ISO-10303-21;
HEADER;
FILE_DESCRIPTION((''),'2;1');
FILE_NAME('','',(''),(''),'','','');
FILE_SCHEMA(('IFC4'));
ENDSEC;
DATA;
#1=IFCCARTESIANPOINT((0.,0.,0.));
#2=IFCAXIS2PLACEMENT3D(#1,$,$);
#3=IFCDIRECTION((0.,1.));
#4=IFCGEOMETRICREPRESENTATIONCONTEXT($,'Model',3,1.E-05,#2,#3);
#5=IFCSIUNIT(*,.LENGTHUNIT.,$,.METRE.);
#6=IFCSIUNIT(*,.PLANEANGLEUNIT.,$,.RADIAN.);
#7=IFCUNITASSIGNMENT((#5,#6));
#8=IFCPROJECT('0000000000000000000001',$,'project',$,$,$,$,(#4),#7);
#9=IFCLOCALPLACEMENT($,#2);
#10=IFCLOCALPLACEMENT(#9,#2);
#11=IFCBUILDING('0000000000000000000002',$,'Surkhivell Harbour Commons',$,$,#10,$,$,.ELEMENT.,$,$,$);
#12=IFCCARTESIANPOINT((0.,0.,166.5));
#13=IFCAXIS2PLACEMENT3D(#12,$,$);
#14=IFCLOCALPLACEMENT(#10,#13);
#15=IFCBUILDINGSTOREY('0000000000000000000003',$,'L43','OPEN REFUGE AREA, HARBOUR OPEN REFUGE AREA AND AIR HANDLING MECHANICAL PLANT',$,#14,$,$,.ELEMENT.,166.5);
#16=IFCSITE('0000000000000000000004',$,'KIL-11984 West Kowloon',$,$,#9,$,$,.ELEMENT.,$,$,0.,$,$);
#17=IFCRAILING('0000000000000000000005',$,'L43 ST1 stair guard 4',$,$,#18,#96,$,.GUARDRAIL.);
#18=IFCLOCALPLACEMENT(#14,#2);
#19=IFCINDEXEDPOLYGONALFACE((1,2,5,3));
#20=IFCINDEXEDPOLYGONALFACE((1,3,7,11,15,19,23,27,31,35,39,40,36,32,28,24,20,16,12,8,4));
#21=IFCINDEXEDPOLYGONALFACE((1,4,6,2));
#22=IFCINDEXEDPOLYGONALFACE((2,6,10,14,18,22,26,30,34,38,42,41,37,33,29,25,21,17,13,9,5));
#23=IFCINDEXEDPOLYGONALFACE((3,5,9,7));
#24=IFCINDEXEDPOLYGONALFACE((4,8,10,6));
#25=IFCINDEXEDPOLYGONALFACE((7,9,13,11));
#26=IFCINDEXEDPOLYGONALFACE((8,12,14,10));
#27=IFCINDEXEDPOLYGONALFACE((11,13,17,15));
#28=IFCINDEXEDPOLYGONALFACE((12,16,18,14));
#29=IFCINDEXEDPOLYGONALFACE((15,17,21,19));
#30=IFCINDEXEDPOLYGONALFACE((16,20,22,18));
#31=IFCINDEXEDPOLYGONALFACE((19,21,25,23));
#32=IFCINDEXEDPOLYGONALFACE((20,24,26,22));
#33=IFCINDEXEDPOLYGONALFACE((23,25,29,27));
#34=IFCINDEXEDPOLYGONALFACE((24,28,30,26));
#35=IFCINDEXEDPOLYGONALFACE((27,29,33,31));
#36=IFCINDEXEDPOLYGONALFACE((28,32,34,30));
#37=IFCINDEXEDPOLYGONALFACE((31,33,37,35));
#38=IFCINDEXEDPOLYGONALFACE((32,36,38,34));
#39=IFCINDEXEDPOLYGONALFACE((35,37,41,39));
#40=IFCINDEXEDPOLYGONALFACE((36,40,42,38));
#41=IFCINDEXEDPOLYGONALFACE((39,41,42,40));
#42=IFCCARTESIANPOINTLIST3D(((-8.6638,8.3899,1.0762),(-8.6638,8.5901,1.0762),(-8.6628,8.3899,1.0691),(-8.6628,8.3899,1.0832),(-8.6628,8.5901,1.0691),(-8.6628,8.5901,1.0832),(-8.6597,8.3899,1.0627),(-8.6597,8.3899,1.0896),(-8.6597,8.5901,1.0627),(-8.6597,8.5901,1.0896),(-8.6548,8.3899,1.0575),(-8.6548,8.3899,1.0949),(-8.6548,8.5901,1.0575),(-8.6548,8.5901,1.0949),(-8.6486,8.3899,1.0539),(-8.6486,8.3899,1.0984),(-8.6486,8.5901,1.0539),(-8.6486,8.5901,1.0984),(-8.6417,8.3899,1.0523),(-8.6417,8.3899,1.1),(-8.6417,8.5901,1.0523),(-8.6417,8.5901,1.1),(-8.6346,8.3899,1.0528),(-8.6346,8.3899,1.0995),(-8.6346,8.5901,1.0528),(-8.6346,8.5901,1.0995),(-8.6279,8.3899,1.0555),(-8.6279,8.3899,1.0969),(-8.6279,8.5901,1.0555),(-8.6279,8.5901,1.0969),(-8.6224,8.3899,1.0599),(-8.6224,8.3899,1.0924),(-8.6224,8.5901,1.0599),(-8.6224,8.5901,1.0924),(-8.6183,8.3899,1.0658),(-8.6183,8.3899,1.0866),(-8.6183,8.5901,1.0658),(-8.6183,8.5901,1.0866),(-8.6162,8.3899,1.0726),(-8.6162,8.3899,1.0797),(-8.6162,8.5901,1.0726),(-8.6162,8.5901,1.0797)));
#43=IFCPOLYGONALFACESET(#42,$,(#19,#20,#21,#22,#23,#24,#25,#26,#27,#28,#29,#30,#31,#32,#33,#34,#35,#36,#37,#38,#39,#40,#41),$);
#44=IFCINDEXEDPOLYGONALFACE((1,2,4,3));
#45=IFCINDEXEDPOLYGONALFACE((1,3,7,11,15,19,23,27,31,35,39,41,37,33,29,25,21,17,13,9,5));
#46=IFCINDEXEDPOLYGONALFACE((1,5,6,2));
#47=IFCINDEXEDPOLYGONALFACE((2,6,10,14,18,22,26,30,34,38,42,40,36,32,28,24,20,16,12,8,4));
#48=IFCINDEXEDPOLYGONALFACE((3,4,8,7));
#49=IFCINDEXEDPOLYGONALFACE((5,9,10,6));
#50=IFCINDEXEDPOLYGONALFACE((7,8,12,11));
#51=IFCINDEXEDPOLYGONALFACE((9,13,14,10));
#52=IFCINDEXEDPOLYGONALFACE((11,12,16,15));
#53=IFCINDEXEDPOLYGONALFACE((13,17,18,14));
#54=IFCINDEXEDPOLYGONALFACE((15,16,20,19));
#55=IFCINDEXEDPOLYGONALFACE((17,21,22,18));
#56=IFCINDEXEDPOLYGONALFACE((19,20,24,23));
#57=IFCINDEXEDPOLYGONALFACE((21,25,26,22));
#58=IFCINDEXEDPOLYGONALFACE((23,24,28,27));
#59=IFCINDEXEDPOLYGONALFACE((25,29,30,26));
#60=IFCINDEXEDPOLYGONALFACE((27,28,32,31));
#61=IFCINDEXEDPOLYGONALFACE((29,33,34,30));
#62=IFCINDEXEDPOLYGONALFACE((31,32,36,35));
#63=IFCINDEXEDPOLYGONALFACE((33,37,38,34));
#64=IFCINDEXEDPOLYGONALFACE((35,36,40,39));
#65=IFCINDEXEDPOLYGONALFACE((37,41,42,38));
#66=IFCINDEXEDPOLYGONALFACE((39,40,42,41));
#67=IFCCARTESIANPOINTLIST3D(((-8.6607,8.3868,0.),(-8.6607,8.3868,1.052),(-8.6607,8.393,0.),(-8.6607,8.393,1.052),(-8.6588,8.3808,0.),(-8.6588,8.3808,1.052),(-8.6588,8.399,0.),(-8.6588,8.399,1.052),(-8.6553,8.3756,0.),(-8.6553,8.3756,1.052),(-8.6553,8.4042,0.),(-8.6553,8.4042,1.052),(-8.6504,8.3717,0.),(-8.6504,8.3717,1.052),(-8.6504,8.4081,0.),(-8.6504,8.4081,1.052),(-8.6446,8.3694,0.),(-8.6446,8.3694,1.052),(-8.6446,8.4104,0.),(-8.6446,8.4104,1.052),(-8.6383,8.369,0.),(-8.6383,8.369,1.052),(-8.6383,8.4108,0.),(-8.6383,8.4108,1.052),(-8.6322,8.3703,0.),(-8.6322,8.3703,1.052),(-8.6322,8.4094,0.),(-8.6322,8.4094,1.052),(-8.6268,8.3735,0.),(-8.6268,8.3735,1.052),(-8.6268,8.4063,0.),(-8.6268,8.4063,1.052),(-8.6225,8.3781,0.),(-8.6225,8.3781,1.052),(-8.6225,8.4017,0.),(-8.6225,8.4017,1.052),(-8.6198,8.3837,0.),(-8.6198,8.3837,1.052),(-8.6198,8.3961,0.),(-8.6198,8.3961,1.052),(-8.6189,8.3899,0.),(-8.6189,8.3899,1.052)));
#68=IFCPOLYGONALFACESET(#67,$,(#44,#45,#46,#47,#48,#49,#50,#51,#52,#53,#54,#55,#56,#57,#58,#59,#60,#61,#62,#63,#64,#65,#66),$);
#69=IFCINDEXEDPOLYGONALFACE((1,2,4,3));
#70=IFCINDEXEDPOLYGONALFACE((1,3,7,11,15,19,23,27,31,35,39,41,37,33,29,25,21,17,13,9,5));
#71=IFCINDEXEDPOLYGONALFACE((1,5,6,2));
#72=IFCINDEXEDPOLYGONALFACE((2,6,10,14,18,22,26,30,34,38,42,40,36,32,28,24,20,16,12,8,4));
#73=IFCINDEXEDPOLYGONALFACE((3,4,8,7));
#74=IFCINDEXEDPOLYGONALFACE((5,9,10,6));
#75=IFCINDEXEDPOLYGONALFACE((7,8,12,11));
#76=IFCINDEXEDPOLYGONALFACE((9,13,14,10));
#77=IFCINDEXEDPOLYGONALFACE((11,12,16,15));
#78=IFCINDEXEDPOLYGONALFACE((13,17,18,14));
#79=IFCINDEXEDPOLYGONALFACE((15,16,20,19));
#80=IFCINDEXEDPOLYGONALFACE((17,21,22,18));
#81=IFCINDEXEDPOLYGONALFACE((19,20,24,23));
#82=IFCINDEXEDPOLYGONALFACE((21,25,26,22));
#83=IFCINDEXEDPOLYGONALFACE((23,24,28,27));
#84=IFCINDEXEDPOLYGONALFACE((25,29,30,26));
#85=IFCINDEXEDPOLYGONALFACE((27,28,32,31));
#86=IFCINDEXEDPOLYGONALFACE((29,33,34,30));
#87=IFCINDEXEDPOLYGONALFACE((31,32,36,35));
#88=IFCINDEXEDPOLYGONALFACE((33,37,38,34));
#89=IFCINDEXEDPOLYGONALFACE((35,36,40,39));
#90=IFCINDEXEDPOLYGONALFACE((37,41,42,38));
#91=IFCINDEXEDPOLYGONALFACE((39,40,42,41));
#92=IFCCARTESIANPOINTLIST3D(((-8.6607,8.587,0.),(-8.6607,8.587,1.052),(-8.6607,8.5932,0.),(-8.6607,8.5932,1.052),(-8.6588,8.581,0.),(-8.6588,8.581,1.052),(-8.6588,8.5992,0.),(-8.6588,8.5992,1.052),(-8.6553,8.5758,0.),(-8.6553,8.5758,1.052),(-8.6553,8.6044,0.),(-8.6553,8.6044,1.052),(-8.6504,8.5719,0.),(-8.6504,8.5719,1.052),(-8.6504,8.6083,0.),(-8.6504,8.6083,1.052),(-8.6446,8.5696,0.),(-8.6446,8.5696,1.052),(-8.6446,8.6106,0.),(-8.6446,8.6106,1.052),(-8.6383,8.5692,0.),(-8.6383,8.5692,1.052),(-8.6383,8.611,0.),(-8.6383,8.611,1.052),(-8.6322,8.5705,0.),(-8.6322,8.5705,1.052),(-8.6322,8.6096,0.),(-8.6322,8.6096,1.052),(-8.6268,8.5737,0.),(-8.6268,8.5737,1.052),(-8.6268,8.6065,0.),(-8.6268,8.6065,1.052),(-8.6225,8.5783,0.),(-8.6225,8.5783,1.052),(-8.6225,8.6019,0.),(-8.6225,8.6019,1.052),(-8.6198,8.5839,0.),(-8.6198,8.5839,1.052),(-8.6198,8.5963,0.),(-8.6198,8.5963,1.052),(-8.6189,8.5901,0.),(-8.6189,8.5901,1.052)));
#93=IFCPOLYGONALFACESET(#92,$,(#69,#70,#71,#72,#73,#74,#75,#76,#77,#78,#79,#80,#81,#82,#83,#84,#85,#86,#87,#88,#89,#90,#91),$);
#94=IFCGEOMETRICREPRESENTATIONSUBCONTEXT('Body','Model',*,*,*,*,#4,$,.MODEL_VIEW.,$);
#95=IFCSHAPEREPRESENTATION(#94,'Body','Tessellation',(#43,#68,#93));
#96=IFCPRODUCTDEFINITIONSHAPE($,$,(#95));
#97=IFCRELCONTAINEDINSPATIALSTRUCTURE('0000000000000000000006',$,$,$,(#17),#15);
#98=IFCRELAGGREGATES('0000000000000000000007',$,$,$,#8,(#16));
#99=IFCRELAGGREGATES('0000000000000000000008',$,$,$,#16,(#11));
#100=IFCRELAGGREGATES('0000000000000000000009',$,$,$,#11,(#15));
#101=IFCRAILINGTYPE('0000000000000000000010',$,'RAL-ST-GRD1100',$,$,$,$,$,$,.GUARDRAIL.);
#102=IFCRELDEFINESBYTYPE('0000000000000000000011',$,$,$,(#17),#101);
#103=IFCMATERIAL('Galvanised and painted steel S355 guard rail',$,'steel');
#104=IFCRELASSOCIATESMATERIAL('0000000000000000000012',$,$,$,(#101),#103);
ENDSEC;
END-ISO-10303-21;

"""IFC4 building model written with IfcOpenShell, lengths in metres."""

from ifc_helpers import new_model, si_unit, direction, frame, origin, origin_2d, place, context, subcontext, project, spatial, circle, extrude, material, type_object, element, save


model = new_model("IFC4")

# Units and contexts
model_context = context("Model", 3, precision=1e-05, world=origin(), true_north=direction((0.0, 1.0)))
body_context = subcontext(model_context, "Body", "Model", "MODEL_VIEW")
ifc_project = project(units=[si_unit("LENGTHUNIT", "METRE"), si_unit("PLANEANGLEUNIT", "RADIAN")], contexts=[model_context])

# Site, building, storey
site_placement = place(None, origin())
site = spatial("IfcSite", under=ifc_project, at=site_placement, Name="KIL-11984 West Kowloon", CompositionType="ELEMENT", RefElevation=0.0)
building_placement = place(site_placement, origin())
building = spatial("IfcBuilding", under=site, at=building_placement, Name="Surkhivell Harbour Commons", CompositionType="ELEMENT")
storey_placement = place(building_placement, frame((0.0, 0.0, 166.5)))
storey = spatial("IfcBuildingStorey", under=building, at=storey_placement, Name="L43", Description="OPEN REFUGE AREA, HARBOUR OPEN REFUGE AREA AND AIR HANDLING MECHANICAL PLANT", CompositionType="ELEMENT", Elevation=166.5)

# Railing
ifc_material_1 = material(Name="Galvanised and painted steel S355 guard rail", Category="steel")
railing_type_1 = type_object("IfcRailingType", Name="RAL-ST-GRD1100", PredefinedType="GUARDRAIL", material=ifc_material_1)
railing_1_placement = place(storey_placement, frame((-8.6399, 8.3899, 0.0)))
element("IfcRailing", 1, at=railing_1_placement, inside=storey, type_object=railing_type_1, Name="L43 ST1 stair guard 4", PredefinedType="GUARDRAIL", context=body_context, shape_type="SweptSolid", body=[
    extrude(circle(Radius=0.0239, at=origin_2d()), frame((0.0, 0.0, 1.0762), z_axis=(0.0, 1.0, 0.0), x_axis=(-1.0, 0.0, 0.0)), (0.0, 0.0, 1.0), 0.2002),
    extrude(circle(Radius=0.021, at=origin_2d()), origin(), (0.0, 0.0, 1.0), 1.052),
    extrude(circle(Radius=0.021, at=origin_2d()), frame((0.0, 0.2002, 0.0)), (0.0, 0.0, 1.0), 1.052),
])

save(model, "model.ifc")
